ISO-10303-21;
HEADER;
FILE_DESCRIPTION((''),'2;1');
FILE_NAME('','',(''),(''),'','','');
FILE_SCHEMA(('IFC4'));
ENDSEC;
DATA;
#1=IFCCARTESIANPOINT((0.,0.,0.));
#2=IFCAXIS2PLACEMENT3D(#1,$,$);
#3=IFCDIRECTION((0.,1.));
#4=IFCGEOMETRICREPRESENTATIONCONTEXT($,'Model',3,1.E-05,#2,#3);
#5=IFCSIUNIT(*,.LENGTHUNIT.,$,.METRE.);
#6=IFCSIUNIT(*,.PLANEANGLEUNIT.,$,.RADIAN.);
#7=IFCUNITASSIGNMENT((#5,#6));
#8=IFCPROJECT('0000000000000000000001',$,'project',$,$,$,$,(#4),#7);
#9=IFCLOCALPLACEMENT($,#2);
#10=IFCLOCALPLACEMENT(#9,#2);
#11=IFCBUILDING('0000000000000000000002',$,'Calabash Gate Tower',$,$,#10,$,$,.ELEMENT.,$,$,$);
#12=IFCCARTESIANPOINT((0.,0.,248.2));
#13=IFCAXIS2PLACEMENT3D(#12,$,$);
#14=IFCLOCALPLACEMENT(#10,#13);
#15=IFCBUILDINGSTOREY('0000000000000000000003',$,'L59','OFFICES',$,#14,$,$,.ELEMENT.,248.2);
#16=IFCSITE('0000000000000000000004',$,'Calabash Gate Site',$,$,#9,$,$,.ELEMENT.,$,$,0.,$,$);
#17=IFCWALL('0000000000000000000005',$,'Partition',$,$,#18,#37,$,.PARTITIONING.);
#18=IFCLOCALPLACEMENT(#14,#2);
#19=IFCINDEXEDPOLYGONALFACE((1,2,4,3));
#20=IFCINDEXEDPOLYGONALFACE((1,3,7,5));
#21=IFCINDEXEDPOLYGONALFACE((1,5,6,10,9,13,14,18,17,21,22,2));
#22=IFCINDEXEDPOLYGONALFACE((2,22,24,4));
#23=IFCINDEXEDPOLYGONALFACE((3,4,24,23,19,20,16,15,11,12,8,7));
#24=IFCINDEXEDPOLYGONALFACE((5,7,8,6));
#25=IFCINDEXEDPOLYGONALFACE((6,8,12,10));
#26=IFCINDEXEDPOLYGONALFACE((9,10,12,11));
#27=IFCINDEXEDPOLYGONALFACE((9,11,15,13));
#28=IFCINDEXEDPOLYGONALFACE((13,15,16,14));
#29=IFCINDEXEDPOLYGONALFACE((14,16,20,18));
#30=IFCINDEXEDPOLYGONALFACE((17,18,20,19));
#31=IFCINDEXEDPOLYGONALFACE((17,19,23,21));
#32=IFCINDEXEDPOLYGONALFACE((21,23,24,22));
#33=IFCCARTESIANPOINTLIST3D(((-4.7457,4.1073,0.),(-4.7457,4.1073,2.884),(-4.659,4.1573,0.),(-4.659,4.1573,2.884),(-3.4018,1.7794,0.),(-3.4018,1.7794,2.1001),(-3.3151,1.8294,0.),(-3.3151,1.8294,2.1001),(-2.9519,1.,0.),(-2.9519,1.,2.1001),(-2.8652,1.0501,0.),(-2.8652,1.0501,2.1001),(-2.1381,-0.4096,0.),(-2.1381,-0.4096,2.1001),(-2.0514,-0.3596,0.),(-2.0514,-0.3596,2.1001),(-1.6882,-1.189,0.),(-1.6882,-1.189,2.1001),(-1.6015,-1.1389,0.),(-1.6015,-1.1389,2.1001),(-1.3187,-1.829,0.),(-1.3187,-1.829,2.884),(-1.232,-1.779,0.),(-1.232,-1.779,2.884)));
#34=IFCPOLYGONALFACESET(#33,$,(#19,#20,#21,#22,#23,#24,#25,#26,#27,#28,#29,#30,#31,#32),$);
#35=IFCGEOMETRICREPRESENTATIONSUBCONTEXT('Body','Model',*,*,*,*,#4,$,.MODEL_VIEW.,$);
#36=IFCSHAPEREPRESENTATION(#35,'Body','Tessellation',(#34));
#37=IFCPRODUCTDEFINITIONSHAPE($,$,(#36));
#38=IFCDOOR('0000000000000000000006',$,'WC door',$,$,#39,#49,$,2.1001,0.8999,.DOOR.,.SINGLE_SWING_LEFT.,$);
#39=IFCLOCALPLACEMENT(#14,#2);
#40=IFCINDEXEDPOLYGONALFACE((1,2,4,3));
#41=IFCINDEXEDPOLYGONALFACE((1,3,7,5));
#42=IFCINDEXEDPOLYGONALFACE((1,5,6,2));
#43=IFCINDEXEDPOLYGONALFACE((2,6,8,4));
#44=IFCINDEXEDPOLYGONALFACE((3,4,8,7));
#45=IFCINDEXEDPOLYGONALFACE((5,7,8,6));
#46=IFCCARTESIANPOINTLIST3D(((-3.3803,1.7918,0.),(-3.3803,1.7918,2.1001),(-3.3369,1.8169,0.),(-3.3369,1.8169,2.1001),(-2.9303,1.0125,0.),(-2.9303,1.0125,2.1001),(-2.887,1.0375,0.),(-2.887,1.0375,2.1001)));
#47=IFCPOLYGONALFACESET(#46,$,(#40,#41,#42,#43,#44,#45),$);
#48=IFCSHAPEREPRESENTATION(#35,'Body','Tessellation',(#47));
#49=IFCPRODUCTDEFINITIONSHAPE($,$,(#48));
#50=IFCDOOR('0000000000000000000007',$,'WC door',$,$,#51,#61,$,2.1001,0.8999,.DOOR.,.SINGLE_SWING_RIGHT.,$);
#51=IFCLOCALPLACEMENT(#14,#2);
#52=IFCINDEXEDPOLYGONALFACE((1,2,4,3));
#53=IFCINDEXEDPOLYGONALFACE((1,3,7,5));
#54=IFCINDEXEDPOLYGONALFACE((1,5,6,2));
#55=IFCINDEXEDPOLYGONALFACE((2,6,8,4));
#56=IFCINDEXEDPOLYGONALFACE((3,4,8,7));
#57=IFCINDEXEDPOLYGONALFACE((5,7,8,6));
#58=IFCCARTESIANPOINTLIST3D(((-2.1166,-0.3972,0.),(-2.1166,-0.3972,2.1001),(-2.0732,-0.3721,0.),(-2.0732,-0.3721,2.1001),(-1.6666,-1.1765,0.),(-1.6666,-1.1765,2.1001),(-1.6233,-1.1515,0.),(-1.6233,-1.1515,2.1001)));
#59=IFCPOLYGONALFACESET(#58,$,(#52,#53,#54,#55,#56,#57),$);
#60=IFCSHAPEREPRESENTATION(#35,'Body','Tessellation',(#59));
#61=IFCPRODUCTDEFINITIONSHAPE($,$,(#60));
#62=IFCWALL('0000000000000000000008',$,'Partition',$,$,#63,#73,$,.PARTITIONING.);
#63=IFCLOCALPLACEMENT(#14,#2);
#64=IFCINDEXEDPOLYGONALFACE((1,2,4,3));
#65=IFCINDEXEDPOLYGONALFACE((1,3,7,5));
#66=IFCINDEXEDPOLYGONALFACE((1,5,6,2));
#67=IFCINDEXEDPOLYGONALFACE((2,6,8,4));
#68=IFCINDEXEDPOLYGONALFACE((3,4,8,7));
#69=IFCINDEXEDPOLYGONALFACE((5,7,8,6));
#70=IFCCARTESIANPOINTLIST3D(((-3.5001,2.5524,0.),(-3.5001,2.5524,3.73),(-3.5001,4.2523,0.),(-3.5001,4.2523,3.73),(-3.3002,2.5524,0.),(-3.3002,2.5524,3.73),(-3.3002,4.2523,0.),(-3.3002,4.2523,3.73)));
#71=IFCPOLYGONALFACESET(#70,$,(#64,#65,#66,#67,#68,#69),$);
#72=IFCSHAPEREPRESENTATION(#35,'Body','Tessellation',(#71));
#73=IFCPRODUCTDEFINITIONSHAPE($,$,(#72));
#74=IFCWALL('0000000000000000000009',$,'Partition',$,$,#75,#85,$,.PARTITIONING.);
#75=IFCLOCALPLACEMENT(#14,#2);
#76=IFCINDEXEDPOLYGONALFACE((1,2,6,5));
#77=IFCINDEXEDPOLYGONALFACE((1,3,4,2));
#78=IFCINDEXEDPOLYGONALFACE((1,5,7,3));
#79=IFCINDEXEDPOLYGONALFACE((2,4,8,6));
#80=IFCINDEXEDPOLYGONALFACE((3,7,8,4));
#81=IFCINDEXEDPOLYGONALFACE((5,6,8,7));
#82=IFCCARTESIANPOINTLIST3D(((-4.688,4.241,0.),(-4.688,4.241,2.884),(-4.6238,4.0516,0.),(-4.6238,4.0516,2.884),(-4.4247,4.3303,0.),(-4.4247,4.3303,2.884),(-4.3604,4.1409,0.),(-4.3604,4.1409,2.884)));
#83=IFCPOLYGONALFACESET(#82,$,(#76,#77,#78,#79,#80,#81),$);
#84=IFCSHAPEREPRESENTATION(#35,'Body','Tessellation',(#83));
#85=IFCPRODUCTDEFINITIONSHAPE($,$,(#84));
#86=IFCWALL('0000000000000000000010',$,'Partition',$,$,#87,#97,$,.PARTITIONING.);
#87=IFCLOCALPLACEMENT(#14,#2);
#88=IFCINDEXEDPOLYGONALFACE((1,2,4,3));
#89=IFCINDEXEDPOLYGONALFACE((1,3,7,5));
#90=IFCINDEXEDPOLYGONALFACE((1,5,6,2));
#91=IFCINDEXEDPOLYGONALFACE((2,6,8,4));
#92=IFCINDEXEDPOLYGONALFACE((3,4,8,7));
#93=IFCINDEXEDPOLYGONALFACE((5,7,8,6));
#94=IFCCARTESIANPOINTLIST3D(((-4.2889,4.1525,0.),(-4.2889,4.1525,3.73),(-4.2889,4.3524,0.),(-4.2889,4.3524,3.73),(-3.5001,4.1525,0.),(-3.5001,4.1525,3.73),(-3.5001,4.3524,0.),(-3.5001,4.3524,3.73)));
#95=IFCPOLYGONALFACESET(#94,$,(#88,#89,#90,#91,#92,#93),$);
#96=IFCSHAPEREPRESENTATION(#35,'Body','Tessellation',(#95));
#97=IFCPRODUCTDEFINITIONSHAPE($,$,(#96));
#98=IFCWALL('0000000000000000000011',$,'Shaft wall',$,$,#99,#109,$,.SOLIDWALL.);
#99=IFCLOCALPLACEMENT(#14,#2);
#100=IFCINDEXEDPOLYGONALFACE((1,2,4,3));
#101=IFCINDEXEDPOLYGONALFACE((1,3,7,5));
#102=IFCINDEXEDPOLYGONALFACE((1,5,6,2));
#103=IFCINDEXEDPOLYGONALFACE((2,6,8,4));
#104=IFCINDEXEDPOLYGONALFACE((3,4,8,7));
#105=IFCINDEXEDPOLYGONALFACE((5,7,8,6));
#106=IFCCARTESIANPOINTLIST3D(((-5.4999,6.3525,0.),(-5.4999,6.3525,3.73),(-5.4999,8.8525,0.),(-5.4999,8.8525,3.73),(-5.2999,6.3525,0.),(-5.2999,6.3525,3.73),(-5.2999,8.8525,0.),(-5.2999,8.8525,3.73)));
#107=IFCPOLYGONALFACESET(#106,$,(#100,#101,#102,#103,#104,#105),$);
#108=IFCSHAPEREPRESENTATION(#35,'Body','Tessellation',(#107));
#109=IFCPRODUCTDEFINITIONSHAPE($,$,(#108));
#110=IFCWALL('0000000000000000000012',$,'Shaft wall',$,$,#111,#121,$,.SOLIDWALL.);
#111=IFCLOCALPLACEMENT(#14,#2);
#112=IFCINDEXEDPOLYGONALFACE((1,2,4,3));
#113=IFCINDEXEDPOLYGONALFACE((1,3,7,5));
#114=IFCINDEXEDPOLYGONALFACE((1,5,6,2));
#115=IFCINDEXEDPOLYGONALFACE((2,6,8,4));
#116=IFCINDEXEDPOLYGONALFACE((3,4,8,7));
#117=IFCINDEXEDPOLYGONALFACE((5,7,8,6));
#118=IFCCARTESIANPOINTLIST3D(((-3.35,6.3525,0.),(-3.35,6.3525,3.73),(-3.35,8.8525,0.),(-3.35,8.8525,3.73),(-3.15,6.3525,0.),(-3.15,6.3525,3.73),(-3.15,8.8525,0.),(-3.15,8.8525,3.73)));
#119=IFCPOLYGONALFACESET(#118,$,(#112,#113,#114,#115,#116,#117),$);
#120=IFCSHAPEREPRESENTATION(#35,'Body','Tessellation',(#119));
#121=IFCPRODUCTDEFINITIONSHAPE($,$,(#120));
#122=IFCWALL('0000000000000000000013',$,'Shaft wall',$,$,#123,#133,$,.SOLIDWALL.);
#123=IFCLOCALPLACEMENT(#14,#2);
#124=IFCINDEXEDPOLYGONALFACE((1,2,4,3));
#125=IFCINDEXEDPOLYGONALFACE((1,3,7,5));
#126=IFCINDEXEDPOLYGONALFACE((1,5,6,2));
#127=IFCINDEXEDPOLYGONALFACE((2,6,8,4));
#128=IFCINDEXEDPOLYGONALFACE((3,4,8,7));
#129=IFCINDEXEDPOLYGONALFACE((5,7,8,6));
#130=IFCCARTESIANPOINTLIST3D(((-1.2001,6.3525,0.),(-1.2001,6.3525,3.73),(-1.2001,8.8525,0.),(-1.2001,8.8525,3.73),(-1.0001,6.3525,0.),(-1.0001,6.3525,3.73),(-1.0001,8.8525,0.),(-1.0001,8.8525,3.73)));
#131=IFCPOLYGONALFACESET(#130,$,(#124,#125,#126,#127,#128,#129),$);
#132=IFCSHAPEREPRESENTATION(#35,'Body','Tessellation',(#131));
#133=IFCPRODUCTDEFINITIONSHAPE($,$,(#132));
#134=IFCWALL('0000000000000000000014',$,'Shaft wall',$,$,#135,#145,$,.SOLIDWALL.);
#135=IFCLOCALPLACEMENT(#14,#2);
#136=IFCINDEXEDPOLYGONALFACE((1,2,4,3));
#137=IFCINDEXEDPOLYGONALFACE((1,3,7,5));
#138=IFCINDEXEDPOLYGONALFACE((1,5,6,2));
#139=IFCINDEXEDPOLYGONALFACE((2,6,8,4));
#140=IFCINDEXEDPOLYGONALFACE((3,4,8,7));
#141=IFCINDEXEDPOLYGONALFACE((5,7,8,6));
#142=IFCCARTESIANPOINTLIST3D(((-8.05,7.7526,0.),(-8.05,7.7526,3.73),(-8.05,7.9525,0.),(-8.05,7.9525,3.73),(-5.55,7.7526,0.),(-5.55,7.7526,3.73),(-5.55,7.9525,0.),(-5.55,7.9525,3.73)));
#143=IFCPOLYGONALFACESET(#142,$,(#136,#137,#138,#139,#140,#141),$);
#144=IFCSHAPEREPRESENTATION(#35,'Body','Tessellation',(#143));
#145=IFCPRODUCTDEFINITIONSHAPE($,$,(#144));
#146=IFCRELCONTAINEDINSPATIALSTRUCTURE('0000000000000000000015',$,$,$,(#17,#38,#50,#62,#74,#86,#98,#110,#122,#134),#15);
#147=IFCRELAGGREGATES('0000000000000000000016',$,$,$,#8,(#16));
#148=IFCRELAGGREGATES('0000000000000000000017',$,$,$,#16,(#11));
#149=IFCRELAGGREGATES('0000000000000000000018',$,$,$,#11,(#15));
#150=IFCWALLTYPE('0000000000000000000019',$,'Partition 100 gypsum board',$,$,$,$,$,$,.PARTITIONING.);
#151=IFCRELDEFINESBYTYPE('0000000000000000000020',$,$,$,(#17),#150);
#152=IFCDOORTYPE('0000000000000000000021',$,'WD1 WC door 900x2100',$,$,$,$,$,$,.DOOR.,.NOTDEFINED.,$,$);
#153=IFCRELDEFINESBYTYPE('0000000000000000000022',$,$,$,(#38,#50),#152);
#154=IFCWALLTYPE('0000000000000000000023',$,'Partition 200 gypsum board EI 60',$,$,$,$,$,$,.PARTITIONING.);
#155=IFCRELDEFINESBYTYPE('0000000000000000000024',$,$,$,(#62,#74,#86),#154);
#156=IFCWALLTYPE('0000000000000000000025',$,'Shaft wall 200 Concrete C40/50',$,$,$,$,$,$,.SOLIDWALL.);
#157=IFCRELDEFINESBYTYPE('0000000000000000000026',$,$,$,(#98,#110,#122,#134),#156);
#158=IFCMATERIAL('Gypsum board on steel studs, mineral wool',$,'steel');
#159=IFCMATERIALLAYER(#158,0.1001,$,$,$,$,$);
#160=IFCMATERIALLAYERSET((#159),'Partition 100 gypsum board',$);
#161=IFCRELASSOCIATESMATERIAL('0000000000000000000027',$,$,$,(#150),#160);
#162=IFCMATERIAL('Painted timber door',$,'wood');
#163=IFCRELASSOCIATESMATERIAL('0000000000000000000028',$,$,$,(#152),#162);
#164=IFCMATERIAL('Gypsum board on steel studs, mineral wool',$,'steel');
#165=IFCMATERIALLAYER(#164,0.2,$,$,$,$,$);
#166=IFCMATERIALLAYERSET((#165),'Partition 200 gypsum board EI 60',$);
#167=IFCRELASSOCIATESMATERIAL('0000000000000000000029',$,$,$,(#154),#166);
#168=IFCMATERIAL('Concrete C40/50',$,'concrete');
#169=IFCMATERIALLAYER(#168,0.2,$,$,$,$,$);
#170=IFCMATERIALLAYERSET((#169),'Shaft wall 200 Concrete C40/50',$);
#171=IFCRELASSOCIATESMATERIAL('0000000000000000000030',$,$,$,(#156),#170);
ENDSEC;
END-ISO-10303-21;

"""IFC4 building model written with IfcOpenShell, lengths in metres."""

from ifc_helpers import new_model, si_unit, direction, frame, frame_2d, origin, place, context, subcontext, project, spatial, rectangle, extrude, material, layer, layer_set, type_object, element, fill, save


model = new_model("IFC4")

# Units and contexts
model_context = context("Model", 3, precision=1e-05, world=origin(), true_north=direction((0.0, 1.0)))
body_context = subcontext(model_context, "Body", "Model", "MODEL_VIEW")
ifc_project = project(units=[si_unit("LENGTHUNIT", "METRE"), si_unit("PLANEANGLEUNIT", "RADIAN")], contexts=[model_context])

# Site, building, storey
site_placement = place(None, origin())
site = spatial("IfcSite", under=ifc_project, at=site_placement, Name="Calabash Gate Site", CompositionType="ELEMENT", RefElevation=0.0)
building_placement = place(site_placement, origin())
building = spatial("IfcBuilding", under=site, at=building_placement, Name="Calabash Gate Tower", CompositionType="ELEMENT")
storey_placement = place(building_placement, frame((0.0, 0.0, 248.2)))
storey = spatial("IfcBuildingStorey", under=building, at=storey_placement, Name="L59", Description="OFFICES", CompositionType="ELEMENT", Elevation=248.2)

# Wall, openings, doors
ifc_material_1 = material(Name="Gypsum board on steel studs, mineral wool", Category="steel")
ifc_layer_1 = layer(ifc_material_1, 0.1001)
ifc_layer_set_1 = layer_set([ifc_layer_1], Name="Partition 100 gypsum board")
wall_type_1 = type_object("IfcWallType", Name="Partition 100 gypsum board", PredefinedType="PARTITIONING", material=ifc_layer_set_1)
wall_1_placement = place(storey_placement, frame((-4.7024, 4.1323, 0.0), z_axis=(0.0, 0.0, 1.0), x_axis=(0.499966, -0.866045, 0.0)))
wall_1 = element("IfcWall", 1, at=wall_1_placement, inside=storey, type_object=wall_type_1, Name="Partition", PredefinedType="PARTITIONING", context=body_context, shape_type="SweptSolid", body=[
    extrude(rectangle(XDim=6.8545, YDim=0.1001, at=frame_2d((3.4272, 0.0))), origin(), (0.0, 0.0, 1.0), 2.884),
])
opening_1_placement = place(wall_1_placement, frame((2.688, 0.0, 0.0)))
opening_1 = element("IfcOpeningElement", 2, at=opening_1_placement, cuts=wall_1, PredefinedType="OPENING", context=body_context, shape_type="SweptSolid", body=[
    extrude(rectangle(XDim=0.8999, YDim=2.1001, at=frame_2d((0.45, 1.05))), frame((0.0, 0.0601, 0.0), z_axis=(0.0, -1.0, 0.0), x_axis=(1.0, 0.0, 0.0)), (0.0, 0.0, 1.0), 0.1201),
])
opening_2_placement = place(wall_1_placement, frame((5.2156, 0.0, 0.0)))
opening_2 = element("IfcOpeningElement", 3, at=opening_2_placement, cuts=wall_1, PredefinedType="OPENING", context=body_context, shape_type="SweptSolid", body=[
    extrude(rectangle(XDim=0.8999, YDim=2.1001, at=frame_2d((0.45, 1.05))), frame((0.0, 0.0601, 0.0), z_axis=(0.0, -1.0, 0.0), x_axis=(1.0, 0.0, 0.0)), (0.0, 0.0, 1.0), 0.1201),
])
ifc_material_2 = material(Name="Painted timber door", Category="wood")
door_type_1 = type_object("IfcDoorType", Name="WD1 WC door 900x2100", OperationType="NOTDEFINED", PredefinedType="DOOR", material=ifc_material_2)
door_1_placement = place(opening_1_placement, origin())
door_1 = element("IfcDoor", 4, at=door_1_placement, inside=storey, type_object=door_type_1, Name="WC door", OperationType="SINGLE_SWING_LEFT", OverallHeight=2.1001, OverallWidth=0.8999, PredefinedType="DOOR", context=body_context, shape_type="SweptSolid", body=[
    extrude(rectangle(XDim=0.8999, YDim=2.1001, at=frame_2d((0.45, 1.05))), frame((0.0, 0.0249, 0.0), z_axis=(0.0, -1.0, 0.0), x_axis=(1.0, 0.0, 0.0)), (0.0, 0.0, 1.0), 0.05),
])
fill(opening_1, door_1)
door_2_placement = place(opening_2_placement, origin())
door_2 = element("IfcDoor", 5, at=door_2_placement, inside=storey, type_object=door_type_1, Name="WC door", OperationType="SINGLE_SWING_RIGHT", OverallHeight=2.1001, OverallWidth=0.8999, PredefinedType="DOOR", context=body_context, shape_type="SweptSolid", body=[
    extrude(rectangle(XDim=0.8999, YDim=2.1001, at=frame_2d((0.45, 1.05))), frame((0.0, 0.0249, 0.0), z_axis=(0.0, -1.0, 0.0), x_axis=(1.0, 0.0, 0.0)), (0.0, 0.0, 1.0), 0.05),
])
fill(opening_2, door_2)

# Walls
ifc_material_3 = material(Name="Gypsum board on steel studs, mineral wool", Category="steel")
ifc_layer_2 = layer(ifc_material_3, 0.2)
ifc_layer_set_2 = layer_set([ifc_layer_2], Name="Partition 200 gypsum board EI 60")
wall_type_2 = type_object("IfcWallType", Name="Partition 200 gypsum board EI 60", PredefinedType="PARTITIONING", material=ifc_layer_set_2)
wall_2_placement = place(storey_placement, frame((-3.4001, 4.2524, 0.0), z_axis=(0.0, 0.0, 1.0), x_axis=(0.0, -1.0, 0.0)))
element("IfcWall", 6, at=wall_2_placement, inside=storey, type_object=wall_type_2, Name="Partition", PredefinedType="PARTITIONING", context=body_context, shape_type="SweptSolid", body=[
    extrude(rectangle(XDim=1.7, YDim=0.2, at=frame_2d((0.8501, 0.0))), origin(), (0.0, 0.0, 1.0), 3.73),
])
wall_3_placement = place(storey_placement, frame((-4.656, 4.1462, 0.0), z_axis=(0.0, 0.0, 1.0), x_axis=(0.947003, 0.321226, 0.0)))
element("IfcWall", 7, at=wall_3_placement, inside=storey, type_object=wall_type_2, Name="Partition", PredefinedType="PARTITIONING", context=body_context, shape_type="SweptSolid", body=[
    extrude(rectangle(XDim=0.2781, YDim=0.2, at=frame_2d((0.1392, 0.0))), origin(), (0.0, 0.0, 1.0), 2.884),
])
wall_4_placement = place(storey_placement, frame((-4.2891, 4.2524, 0.0), z_axis=(0.0, 0.0, 1.0), x_axis=(1.0, 0.0, 0.0)))
element("IfcWall", 8, at=wall_4_placement, inside=storey, type_object=wall_type_2, Name="Partition", PredefinedType="PARTITIONING", context=body_context, shape_type="SweptSolid", body=[
    extrude(rectangle(XDim=0.7888, YDim=0.2, at=frame_2d((0.3945, 0.0))), origin(), (0.0, 0.0, 1.0), 3.73),
])
ifc_material_4 = material(Name="Concrete C40/50", Category="concrete")
ifc_layer_3 = layer(ifc_material_4, 0.2)
ifc_layer_set_3 = layer_set([ifc_layer_3], Name="Shaft wall 200 Concrete C40/50")
wall_type_3 = type_object("IfcWallType", Name="Shaft wall 200 Concrete C40/50", PredefinedType="SOLIDWALL", material=ifc_layer_set_3)
for number, where, z_axis, x_axis, name in (
    (9, (-5.3999, 6.3525, 0.0), (0.0, 0.0, 1.0), (0.0, 1.0, 0.0), "Shaft wall"),
    (10, (-3.25, 6.3525, 0.0), (0.0, 0.0, 1.0), (0.0, 1.0, 0.0), "Shaft wall"),
    (11, (-1.1001, 6.3525, 0.0), (0.0, 0.0, 1.0), (0.0, 1.0, 0.0), "Shaft wall"),
    (12, (-8.05, 7.8525, 0.0), (0.0, 0.0, 1.0), (1.0, 0.0, 0.0), "Shaft wall"),
):
    element("IfcWall", number, at=place(storey_placement, frame(where, z_axis=z_axis, x_axis=x_axis)), inside=storey, type_object=wall_type_3, Name=name, PredefinedType="SOLIDWALL", context=body_context, shape_type="SweptSolid", body=[
        extrude(rectangle(XDim=2.5, YDim=0.2, at=frame_2d((1.25, 0.0))), origin(), (0.0, 0.0, 1.0), 3.73),
    ])

save(model, "model.ifc")
